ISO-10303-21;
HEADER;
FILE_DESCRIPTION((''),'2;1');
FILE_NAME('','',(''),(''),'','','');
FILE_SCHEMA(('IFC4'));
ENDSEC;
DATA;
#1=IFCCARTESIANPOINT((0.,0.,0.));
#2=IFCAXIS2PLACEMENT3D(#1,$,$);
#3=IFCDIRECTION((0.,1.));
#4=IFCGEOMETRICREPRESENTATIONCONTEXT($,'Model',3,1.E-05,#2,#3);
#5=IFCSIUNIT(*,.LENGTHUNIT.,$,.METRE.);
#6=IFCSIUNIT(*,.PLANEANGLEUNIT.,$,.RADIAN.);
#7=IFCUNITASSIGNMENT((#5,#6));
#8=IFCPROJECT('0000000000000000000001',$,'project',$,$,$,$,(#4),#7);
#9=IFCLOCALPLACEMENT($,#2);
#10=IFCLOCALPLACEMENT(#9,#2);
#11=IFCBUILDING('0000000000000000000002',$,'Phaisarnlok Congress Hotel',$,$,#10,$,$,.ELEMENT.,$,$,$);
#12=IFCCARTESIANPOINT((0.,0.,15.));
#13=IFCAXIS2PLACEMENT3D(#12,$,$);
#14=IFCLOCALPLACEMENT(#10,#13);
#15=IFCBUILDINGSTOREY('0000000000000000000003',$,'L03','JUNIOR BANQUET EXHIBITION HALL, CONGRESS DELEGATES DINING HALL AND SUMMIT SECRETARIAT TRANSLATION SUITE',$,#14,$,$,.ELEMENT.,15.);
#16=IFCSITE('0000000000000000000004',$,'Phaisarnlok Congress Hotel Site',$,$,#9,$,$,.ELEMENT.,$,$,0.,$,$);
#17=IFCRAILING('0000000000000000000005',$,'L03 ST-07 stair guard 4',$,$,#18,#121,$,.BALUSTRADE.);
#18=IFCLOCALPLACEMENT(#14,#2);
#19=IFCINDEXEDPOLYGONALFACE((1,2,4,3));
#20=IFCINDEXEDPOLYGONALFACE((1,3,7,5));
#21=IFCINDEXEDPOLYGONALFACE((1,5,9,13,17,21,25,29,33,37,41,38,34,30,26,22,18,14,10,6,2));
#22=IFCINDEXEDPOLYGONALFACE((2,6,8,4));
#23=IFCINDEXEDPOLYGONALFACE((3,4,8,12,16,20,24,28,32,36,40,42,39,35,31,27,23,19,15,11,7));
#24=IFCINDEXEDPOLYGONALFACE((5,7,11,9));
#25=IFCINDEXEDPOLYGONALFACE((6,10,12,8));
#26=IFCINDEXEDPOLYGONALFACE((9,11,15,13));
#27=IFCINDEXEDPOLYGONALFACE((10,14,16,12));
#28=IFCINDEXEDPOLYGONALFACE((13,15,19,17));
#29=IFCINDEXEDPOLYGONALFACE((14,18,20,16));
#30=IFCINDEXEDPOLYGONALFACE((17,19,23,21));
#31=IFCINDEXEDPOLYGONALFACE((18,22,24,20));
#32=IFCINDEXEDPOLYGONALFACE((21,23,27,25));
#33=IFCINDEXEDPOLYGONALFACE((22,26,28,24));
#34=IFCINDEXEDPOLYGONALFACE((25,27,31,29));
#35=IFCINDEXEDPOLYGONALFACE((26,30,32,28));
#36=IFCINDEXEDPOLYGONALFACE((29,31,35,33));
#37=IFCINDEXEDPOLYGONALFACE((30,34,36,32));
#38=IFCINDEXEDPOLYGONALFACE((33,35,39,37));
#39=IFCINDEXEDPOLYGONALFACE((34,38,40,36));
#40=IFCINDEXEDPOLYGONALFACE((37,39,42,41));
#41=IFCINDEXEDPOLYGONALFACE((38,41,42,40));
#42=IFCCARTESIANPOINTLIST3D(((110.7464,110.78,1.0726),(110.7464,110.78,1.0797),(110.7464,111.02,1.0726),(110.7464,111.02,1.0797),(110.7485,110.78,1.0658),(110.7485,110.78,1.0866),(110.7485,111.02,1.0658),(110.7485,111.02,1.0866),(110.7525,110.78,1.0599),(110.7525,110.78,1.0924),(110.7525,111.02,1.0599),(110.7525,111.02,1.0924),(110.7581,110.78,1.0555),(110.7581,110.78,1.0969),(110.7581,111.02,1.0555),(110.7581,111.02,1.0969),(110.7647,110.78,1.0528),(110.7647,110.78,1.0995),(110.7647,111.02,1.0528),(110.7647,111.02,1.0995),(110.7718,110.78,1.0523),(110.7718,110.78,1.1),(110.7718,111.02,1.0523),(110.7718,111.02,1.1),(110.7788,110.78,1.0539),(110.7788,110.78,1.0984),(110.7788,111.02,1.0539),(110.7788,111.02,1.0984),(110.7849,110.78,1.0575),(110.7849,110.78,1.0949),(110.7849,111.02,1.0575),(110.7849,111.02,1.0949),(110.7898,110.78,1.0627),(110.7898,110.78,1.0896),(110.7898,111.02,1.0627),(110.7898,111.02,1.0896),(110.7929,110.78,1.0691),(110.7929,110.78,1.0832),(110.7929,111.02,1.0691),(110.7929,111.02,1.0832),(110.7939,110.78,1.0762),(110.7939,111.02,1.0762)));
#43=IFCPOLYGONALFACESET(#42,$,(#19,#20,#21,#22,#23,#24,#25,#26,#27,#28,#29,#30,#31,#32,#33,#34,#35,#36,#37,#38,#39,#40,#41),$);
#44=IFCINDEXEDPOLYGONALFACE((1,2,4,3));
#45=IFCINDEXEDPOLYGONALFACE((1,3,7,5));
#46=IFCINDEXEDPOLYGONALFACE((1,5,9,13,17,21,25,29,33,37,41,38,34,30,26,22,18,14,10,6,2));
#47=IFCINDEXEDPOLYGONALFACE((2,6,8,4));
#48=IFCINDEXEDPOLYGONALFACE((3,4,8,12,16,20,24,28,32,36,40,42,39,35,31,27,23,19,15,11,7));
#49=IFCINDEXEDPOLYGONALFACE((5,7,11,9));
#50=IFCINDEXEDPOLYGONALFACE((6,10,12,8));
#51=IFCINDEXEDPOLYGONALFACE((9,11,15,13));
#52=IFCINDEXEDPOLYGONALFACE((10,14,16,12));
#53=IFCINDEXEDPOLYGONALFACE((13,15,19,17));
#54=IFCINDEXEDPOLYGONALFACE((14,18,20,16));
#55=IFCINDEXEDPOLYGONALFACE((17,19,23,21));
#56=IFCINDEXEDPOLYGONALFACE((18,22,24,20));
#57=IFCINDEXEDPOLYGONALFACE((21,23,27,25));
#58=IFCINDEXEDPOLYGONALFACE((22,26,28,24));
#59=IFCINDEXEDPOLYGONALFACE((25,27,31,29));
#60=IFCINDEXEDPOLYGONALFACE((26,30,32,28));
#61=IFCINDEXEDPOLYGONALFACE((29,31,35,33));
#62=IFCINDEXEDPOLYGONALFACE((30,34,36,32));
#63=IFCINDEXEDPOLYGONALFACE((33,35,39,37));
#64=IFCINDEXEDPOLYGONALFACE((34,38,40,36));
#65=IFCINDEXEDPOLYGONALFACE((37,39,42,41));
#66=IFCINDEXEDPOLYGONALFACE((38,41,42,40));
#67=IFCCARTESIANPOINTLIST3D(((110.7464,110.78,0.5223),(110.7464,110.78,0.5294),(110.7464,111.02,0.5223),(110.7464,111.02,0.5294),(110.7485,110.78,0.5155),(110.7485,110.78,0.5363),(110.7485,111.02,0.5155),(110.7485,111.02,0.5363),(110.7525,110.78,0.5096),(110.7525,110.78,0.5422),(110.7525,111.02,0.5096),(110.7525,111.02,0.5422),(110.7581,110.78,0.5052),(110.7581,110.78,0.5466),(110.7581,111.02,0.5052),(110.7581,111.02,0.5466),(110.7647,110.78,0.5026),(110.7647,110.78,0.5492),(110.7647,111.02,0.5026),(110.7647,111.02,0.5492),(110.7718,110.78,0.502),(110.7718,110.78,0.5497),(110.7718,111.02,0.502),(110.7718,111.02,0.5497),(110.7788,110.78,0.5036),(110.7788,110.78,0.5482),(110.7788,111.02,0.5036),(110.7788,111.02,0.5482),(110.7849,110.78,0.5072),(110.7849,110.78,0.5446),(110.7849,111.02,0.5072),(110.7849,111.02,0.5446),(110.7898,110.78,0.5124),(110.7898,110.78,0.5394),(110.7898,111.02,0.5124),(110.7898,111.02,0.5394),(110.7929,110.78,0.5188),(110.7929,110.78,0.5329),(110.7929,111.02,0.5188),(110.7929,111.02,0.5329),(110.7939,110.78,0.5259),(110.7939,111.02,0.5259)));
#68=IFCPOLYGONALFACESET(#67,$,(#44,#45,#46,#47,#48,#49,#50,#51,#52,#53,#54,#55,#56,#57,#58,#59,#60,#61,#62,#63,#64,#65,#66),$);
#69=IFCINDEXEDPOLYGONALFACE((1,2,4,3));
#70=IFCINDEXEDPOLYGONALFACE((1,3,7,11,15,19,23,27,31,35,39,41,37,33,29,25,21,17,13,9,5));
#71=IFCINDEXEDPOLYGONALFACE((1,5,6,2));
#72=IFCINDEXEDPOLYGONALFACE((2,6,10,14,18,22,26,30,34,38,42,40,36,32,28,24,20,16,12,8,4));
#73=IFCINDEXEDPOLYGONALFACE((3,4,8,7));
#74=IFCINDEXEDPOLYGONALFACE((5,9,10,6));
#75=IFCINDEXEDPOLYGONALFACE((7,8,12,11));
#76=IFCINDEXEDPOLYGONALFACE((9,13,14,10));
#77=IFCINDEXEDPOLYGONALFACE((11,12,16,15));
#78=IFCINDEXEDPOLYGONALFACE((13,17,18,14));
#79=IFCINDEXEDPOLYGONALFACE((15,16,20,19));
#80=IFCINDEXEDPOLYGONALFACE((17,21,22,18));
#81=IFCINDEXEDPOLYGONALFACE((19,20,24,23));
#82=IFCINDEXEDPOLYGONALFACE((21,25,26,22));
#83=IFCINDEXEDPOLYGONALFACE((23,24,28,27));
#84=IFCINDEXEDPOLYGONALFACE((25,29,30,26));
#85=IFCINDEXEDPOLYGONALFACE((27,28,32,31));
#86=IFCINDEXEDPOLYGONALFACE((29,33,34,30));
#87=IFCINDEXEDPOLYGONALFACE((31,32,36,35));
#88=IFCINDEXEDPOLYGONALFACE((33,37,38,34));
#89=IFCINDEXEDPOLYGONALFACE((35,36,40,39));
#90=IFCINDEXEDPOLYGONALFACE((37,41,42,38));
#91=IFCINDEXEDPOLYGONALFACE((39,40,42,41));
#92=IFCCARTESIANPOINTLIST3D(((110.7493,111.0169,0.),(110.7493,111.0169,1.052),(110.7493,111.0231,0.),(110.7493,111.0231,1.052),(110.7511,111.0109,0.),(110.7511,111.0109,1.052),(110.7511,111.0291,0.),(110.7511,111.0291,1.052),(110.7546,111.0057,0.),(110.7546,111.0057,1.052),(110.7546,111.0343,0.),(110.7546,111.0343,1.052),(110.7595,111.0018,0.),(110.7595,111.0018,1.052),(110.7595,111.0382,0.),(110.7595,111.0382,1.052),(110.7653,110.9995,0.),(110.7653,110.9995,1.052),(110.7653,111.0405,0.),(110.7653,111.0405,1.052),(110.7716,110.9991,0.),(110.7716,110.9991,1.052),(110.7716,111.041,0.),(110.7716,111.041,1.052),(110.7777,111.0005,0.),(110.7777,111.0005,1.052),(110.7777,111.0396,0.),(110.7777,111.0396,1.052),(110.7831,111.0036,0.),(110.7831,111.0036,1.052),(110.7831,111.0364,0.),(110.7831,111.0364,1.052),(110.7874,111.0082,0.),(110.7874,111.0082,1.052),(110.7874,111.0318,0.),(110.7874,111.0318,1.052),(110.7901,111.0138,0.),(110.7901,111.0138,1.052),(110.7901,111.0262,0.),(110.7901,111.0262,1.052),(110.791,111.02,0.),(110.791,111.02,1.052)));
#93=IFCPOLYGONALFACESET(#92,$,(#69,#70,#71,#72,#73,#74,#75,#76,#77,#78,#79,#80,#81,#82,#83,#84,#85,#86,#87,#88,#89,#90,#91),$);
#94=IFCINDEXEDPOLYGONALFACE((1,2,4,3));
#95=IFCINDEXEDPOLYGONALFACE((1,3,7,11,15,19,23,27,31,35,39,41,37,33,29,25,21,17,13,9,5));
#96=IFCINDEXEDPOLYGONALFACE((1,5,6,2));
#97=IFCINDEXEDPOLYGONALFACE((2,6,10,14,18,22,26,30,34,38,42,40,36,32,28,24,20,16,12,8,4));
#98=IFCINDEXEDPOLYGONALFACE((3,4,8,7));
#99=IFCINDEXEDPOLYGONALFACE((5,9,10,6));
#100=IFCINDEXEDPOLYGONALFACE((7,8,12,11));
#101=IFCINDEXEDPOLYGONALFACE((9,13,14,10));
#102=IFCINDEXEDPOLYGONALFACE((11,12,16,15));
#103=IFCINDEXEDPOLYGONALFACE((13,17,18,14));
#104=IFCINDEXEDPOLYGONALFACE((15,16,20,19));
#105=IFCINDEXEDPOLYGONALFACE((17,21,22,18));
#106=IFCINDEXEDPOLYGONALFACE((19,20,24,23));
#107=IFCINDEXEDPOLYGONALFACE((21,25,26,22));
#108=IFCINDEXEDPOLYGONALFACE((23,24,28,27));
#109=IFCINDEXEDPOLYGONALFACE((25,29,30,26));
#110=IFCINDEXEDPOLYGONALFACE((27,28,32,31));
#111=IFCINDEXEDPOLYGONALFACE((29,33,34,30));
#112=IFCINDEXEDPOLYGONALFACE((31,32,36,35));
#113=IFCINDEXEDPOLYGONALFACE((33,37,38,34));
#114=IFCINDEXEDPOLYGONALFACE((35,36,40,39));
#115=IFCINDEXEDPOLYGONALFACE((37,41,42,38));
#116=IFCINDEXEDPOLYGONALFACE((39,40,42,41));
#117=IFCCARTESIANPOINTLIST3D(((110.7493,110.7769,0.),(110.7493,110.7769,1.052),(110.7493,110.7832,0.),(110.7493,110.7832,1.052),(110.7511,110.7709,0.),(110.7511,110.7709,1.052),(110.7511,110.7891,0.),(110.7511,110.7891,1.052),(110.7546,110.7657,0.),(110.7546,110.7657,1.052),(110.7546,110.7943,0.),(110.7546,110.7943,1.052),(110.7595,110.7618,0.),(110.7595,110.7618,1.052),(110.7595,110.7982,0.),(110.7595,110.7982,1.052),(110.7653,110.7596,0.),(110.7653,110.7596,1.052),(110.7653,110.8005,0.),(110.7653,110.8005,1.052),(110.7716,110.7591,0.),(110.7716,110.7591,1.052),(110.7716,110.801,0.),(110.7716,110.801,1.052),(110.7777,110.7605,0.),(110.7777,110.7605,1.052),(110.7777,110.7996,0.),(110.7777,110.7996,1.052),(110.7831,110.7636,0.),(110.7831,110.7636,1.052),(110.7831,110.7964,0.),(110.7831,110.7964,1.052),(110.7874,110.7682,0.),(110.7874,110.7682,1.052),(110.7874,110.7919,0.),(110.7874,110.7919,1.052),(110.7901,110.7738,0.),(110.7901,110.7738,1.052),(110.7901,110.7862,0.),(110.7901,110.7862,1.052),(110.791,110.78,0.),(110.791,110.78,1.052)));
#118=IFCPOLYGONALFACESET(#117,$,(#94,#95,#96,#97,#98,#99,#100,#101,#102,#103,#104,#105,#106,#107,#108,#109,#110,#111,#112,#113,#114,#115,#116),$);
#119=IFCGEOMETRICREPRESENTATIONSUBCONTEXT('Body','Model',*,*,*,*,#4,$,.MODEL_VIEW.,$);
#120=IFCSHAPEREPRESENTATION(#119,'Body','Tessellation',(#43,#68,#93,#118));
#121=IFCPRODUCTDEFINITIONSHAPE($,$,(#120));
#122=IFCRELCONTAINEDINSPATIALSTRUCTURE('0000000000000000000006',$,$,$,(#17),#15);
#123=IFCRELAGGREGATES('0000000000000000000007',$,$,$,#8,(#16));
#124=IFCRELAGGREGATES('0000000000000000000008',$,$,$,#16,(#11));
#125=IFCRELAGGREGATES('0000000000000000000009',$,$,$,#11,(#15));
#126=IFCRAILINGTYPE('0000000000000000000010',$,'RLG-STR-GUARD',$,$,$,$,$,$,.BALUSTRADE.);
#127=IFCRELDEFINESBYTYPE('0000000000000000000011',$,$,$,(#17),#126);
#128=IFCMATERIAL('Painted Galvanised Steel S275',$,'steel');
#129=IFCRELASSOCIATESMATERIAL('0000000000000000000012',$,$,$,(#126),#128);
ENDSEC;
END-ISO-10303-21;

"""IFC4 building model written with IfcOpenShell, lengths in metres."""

from ifc_helpers import new_model, si_unit, direction, frame, origin, origin_2d, place, context, subcontext, project, spatial, circle, extrude, material, type_object, element, save


model = new_model("IFC4")

# Units and contexts
model_context = context("Model", 3, precision=1e-05, world=origin(), true_north=direction((0.0, 1.0)))
body_context = subcontext(model_context, "Body", "Model", "MODEL_VIEW")
ifc_project = project(units=[si_unit("LENGTHUNIT", "METRE"), si_unit("PLANEANGLEUNIT", "RADIAN")], contexts=[model_context])

# Site, building, storey
site_placement = place(None, origin())
site = spatial("IfcSite", under=ifc_project, at=site_placement, Name="Phaisarnlok Congress Hotel Site", CompositionType="ELEMENT", RefElevation=0.0)
building_placement = place(site_placement, origin())
building = spatial("IfcBuilding", under=site, at=building_placement, Name="Phaisarnlok Congress Hotel", CompositionType="ELEMENT")
storey_placement = place(building_placement, frame((0.0, 0.0, 15.0)))
storey = spatial("IfcBuildingStorey", under=building, at=storey_placement, Name="L03", Description="JUNIOR BANQUET EXHIBITION HALL, CONGRESS DELEGATES DINING HALL AND SUMMIT SECRETARIAT TRANSLATION SUITE", CompositionType="ELEMENT", Elevation=15.0)

# Railing
ifc_material_1 = material(Name="Painted Galvanised Steel S275", Category="steel")
railing_type_1 = type_object("IfcRailingType", Name="RLG-STR-GUARD", PredefinedType="BALUSTRADE", material=ifc_material_1)
railing_1_placement = place(storey_placement, frame((110.77, 111.02, 0.0)))
element("IfcRailing", 1, at=railing_1_placement, inside=storey, type_object=railing_type_1, Name="L03 ST-07 stair guard 4", PredefinedType="BALUSTRADE", context=body_context, shape_type="SweptSolid", body=[
    extrude(circle(Radius=0.0239, at=origin_2d()), frame((0.0, 0.0, 1.0762), z_axis=(0.0, -1.0, 0.0), x_axis=(1.0, 0.0, 0.0)), (0.0, 0.0, 1.0), 0.24),
    extrude(circle(Radius=0.0239, at=origin_2d()), frame((0.0, 0.0, 0.5259), z_axis=(0.0, -1.0, 0.0), x_axis=(1.0, 0.0, 0.0)), (0.0, 0.0, 1.0), 0.24),
    extrude(circle(Radius=0.021, at=origin_2d()), origin(), (0.0, 0.0, 1.0), 1.052),
    extrude(circle(Radius=0.021, at=origin_2d()), frame((0.0, -0.24, 0.0)), (0.0, 0.0, 1.0), 1.052),
])

save(model, "model.ifc")
